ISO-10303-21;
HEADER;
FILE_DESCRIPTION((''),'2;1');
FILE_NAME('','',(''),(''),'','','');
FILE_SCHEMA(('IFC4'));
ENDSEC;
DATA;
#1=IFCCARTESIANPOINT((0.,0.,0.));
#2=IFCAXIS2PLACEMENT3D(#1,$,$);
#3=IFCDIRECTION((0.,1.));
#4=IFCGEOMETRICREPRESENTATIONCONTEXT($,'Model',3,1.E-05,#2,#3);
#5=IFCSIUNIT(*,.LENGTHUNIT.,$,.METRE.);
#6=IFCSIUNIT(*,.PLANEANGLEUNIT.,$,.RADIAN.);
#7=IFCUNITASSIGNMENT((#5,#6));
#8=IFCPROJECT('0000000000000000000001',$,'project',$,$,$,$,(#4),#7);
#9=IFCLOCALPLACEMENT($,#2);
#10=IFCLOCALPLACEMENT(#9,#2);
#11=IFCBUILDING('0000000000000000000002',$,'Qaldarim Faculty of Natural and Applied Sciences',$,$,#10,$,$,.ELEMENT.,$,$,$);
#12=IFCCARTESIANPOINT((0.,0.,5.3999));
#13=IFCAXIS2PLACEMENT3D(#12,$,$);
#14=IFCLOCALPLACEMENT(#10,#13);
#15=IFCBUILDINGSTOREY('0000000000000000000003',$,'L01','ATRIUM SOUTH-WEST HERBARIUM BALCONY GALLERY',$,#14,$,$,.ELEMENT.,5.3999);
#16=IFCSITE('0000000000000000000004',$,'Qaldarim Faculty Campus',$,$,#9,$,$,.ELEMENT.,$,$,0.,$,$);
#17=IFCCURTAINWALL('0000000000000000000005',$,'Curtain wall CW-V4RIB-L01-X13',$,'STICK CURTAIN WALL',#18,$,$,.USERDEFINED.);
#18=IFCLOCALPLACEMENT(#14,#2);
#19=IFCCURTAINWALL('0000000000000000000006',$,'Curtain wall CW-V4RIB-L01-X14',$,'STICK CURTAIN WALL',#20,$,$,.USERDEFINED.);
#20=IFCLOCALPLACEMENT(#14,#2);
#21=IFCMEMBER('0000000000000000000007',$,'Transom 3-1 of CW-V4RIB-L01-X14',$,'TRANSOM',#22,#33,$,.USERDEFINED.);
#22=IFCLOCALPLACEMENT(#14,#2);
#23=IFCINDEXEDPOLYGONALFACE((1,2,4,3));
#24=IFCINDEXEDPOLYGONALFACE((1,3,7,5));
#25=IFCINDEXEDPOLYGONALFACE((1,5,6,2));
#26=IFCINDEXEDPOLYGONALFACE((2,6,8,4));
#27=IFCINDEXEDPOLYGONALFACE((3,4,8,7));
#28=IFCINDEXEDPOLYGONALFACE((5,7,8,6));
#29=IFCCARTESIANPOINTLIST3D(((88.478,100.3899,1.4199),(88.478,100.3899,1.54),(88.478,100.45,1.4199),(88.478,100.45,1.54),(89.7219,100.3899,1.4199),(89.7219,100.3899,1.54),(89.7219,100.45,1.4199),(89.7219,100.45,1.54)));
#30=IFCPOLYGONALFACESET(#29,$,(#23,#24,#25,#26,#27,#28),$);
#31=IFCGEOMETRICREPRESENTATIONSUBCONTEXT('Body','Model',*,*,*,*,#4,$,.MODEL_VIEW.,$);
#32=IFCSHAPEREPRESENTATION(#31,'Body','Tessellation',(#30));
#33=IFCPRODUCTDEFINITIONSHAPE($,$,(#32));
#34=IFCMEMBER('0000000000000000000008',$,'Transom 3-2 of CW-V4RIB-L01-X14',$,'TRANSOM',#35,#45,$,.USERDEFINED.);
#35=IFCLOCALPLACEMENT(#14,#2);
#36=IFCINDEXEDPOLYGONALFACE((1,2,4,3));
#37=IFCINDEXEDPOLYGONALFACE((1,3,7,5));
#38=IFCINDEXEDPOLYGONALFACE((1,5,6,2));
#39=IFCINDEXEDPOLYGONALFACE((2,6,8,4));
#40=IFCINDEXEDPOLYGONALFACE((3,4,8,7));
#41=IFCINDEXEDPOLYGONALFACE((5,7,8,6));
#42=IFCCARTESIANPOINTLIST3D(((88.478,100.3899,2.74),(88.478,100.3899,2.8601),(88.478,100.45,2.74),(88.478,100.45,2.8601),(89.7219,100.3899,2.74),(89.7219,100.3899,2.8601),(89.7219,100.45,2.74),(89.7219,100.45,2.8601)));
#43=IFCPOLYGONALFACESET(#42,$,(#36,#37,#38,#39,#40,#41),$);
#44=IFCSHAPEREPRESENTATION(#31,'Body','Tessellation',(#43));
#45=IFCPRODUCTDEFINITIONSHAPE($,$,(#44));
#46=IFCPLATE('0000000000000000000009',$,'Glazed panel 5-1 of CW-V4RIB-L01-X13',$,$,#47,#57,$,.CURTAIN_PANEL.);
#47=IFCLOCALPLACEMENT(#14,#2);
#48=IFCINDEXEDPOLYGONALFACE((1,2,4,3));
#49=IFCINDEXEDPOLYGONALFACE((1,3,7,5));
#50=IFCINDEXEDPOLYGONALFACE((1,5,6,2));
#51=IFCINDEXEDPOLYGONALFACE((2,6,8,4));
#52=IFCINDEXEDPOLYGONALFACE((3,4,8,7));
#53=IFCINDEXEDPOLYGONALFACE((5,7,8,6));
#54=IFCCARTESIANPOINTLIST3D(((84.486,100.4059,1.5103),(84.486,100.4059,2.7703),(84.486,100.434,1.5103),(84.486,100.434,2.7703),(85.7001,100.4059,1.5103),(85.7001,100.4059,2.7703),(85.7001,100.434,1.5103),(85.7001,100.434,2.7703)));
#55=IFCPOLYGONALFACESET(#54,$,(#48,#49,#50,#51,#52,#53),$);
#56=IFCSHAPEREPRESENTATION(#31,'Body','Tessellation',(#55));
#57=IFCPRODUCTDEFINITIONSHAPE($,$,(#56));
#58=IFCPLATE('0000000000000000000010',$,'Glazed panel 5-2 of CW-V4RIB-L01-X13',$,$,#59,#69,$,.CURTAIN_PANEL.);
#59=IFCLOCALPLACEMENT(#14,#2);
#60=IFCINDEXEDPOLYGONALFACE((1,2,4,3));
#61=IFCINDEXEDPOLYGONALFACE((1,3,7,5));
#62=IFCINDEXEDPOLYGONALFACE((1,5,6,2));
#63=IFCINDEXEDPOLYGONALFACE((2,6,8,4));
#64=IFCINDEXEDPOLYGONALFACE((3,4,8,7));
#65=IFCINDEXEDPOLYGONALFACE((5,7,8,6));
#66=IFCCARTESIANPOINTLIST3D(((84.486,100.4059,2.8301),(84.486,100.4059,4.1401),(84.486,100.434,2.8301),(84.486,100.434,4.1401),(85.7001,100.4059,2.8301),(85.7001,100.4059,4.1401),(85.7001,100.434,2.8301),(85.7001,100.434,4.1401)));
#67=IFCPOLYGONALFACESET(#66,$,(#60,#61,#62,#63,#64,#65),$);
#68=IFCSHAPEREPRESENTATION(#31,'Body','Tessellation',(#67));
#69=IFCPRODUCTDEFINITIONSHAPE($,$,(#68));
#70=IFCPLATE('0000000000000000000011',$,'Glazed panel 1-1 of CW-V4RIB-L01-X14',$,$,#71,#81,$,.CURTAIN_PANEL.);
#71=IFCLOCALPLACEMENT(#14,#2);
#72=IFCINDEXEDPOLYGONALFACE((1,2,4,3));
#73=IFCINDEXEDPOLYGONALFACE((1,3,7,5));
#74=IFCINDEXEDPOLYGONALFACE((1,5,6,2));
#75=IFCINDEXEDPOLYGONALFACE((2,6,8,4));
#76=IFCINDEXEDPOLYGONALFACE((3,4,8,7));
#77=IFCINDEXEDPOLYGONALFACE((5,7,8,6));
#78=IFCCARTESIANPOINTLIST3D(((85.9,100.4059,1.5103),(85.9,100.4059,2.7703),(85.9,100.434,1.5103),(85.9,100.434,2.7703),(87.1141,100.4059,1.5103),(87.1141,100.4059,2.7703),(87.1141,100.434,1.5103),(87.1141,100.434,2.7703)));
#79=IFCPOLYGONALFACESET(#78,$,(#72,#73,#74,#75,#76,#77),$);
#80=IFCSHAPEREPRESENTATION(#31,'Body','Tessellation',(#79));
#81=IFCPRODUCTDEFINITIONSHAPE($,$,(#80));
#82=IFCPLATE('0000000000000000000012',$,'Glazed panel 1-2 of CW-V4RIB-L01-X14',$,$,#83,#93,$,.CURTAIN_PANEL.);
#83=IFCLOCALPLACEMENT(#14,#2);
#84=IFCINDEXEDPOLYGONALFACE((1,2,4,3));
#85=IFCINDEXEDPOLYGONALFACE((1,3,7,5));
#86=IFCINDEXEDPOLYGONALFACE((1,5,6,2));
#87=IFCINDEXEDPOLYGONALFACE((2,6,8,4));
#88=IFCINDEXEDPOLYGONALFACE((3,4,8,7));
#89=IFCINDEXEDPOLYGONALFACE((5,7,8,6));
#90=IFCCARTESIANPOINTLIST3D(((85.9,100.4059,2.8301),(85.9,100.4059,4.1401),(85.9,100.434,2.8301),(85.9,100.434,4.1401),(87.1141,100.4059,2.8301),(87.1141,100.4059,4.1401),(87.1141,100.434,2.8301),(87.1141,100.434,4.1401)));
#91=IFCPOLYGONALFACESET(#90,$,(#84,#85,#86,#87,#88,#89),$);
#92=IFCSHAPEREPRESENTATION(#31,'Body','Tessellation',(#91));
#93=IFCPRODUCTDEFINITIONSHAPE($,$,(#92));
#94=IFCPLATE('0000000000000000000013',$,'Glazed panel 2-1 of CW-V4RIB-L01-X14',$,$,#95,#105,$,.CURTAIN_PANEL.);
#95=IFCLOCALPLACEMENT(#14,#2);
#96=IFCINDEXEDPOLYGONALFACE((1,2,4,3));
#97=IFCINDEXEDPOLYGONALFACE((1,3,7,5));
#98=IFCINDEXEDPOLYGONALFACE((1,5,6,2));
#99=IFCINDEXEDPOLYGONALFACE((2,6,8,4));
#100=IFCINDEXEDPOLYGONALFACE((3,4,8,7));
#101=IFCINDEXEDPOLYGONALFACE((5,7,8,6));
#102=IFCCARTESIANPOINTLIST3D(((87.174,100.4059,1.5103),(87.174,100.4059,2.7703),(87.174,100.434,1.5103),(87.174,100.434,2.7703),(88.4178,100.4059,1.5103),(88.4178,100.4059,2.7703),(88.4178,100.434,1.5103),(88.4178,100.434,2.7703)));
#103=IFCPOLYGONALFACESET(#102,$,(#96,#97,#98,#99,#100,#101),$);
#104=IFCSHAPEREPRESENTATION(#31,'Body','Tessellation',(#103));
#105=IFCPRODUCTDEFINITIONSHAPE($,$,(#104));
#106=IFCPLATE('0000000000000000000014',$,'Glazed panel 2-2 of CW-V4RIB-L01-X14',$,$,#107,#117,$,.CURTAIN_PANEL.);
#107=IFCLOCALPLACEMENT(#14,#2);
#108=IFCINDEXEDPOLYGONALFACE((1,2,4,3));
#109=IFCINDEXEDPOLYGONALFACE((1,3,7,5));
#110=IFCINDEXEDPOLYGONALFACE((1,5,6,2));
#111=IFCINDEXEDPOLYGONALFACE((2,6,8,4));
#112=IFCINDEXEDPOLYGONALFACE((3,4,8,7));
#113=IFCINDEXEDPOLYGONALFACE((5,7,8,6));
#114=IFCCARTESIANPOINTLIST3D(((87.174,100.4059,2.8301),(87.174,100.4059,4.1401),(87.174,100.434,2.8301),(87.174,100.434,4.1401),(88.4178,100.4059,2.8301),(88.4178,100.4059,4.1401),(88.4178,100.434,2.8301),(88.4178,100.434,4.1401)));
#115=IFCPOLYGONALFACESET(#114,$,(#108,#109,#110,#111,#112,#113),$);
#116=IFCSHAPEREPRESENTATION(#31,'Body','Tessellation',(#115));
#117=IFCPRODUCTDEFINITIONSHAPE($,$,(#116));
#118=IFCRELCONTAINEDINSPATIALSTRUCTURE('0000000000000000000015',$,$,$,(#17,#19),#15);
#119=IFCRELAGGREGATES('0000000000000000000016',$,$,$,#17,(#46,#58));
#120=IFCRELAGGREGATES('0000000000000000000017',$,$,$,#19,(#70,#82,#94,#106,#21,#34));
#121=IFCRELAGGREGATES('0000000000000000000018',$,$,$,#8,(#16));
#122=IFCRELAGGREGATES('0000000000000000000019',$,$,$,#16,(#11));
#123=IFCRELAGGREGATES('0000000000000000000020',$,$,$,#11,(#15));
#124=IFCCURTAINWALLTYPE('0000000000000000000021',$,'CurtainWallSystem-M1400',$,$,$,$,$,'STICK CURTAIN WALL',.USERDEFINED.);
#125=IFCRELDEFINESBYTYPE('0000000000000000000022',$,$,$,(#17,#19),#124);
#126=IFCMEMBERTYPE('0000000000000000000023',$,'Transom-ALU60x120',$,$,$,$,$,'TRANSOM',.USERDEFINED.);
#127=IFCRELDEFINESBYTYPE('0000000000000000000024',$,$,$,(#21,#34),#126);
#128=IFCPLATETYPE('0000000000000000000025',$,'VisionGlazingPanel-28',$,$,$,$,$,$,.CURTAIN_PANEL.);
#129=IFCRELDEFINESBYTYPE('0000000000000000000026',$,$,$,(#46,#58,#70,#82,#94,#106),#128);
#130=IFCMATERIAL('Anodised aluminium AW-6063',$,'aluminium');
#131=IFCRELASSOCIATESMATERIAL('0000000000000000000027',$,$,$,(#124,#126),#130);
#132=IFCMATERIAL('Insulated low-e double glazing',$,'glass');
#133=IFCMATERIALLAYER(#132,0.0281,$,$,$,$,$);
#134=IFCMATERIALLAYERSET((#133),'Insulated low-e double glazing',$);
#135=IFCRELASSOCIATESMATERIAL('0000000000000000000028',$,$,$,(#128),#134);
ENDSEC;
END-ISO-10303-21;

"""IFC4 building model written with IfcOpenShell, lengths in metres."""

from ifc_helpers import new_model, si_unit, direction, frame, origin, origin_2d, place, context, subcontext, project, spatial, rectangle, extrude, material, layer, layer_set, material_profile, profile_set, type_object, element, aggregate, save


model = new_model("IFC4")

# Units and contexts
model_context = context("Model", 3, precision=1e-05, world=origin(), true_north=direction((0.0, 1.0)))
body_context = subcontext(model_context, "Body", "Model", "MODEL_VIEW")
ifc_project = project(units=[si_unit("LENGTHUNIT", "METRE"), si_unit("PLANEANGLEUNIT", "RADIAN")], contexts=[model_context])

# Site, building, storey
site_placement = place(None, origin())
site = spatial("IfcSite", under=ifc_project, at=site_placement, Name="Qaldarim Faculty Campus", CompositionType="ELEMENT", RefElevation=0.0)
building_placement = place(site_placement, origin())
building = spatial("IfcBuilding", under=site, at=building_placement, Name="Qaldarim Faculty of Natural and Applied Sciences", CompositionType="ELEMENT")
storey_placement = place(building_placement, frame((0.0, 0.0, 5.3999)))
storey = spatial("IfcBuildingStorey", under=building, at=storey_placement, Name="L01", Description="ATRIUM SOUTH-WEST HERBARIUM BALCONY GALLERY", CompositionType="ELEMENT", Elevation=5.3999)

# Curtain wall
ifc_material_1 = material(Name="Anodised aluminium AW-6063", Category="aluminium")
curtain_wall_type = type_object("IfcCurtainWallType", Name="CurtainWallSystem-M1400", ElementType="STICK CURTAIN WALL", PredefinedType="USERDEFINED", material=ifc_material_1)
curtain_wall_1_placement = place(storey_placement, origin())
curtain_wall_1 = element("IfcCurtainWall", 1, at=curtain_wall_1_placement, inside=storey, type_object=curtain_wall_type, Name="Curtain wall CW-V4RIB-L01-X13", ObjectType="STICK CURTAIN WALL", PredefinedType="USERDEFINED")

# Curtain wall
curtain_wall_2_placement = place(storey_placement, origin())
curtain_wall_2 = element("IfcCurtainWall", 2, at=curtain_wall_2_placement, inside=storey, type_object=curtain_wall_type, Name="Curtain wall CW-V4RIB-L01-X14", ObjectType="STICK CURTAIN WALL", PredefinedType="USERDEFINED")

# Members
ifc_material_profile_1 = material_profile(ifc_material_1, rectangle(XDim=0.0601, YDim=0.1201, at=origin_2d()), Name="ALU-T60x120")
ifc_profile_set_1 = profile_set([ifc_material_profile_1], Name="Anodised aluminium AW-6063")
member_type_1 = type_object("IfcMemberType", Name="Transom-ALU60x120", ElementType="TRANSOM", PredefinedType="USERDEFINED", material=ifc_profile_set_1)
member_1_placement = place(storey_placement, frame((88.478, 100.4199, 1.48), z_axis=(1.0, 0.0, 0.0), x_axis=(0.0, 1.0, 0.0)))
member_1 = element("IfcMember", 3, at=member_1_placement, type_object=member_type_1, Name="Transom 3-1 of CW-V4RIB-L01-X14", ObjectType="TRANSOM", PredefinedType="USERDEFINED", context=body_context, shape_type="SweptSolid", body=[
    extrude(rectangle(XDim=0.0601, YDim=0.1201, at=origin_2d()), origin(), (0.0, 0.0, 1.0), 1.2439),
])
member_2_placement = place(storey_placement, frame((88.478, 100.4199, 2.8), z_axis=(1.0, 0.0, 0.0), x_axis=(0.0, 1.0, 0.0)))
member_2 = element("IfcMember", 4, at=member_2_placement, type_object=member_type_1, Name="Transom 3-2 of CW-V4RIB-L01-X14", ObjectType="TRANSOM", PredefinedType="USERDEFINED", context=body_context, shape_type="SweptSolid", body=[
    extrude(rectangle(XDim=0.0601, YDim=0.1201, at=origin_2d()), origin(), (0.0, 0.0, 1.0), 1.2439),
])

# Plates
ifc_material_2 = material(Name="Insulated low-e double glazing", Category="glass")
ifc_layer = layer(ifc_material_2, 0.0281)
ifc_layer_set = layer_set([ifc_layer], Name="Insulated low-e double glazing")
plate_type = type_object("IfcPlateType", Name="VisionGlazingPanel-28", PredefinedType="CURTAIN_PANEL", material=ifc_layer_set)
plate_1_placement = place(storey_placement, frame((85.093, 100.4199, 1.5103), z_axis=(0.0, 0.0, 1.0), x_axis=(1.0, 0.0, 0.0)))
plate_1 = element("IfcPlate", 5, at=plate_1_placement, type_object=plate_type, Name="Glazed panel 5-1 of CW-V4RIB-L01-X13", PredefinedType="CURTAIN_PANEL", context=body_context, shape_type="SweptSolid", body=[
    extrude(rectangle(XDim=1.2141, YDim=0.0281, at=origin_2d()), origin(), (0.0, 0.0, 1.0), 1.26),
])
plate_2_placement = place(storey_placement, frame((85.093, 100.4199, 2.8301), z_axis=(0.0, 0.0, 1.0), x_axis=(1.0, 0.0, 0.0)))
plate_2 = element("IfcPlate", 6, at=plate_2_placement, type_object=plate_type, Name="Glazed panel 5-2 of CW-V4RIB-L01-X13", PredefinedType="CURTAIN_PANEL", context=body_context, shape_type="SweptSolid", body=[
    extrude(rectangle(XDim=1.2141, YDim=0.0281, at=origin_2d()), origin(), (0.0, 0.0, 1.0), 1.3101),
])
aggregate(curtain_wall_1, [plate_1, plate_2])
plate_3_placement = place(storey_placement, frame((86.5071, 100.4199, 1.5103), z_axis=(0.0, 0.0, 1.0), x_axis=(1.0, 0.0, 0.0)))
plate_3 = element("IfcPlate", 7, at=plate_3_placement, type_object=plate_type, Name="Glazed panel 1-1 of CW-V4RIB-L01-X14", PredefinedType="CURTAIN_PANEL", context=body_context, shape_type="SweptSolid", body=[
    extrude(rectangle(XDim=1.2141, YDim=0.0281, at=origin_2d()), origin(), (0.0, 0.0, 1.0), 1.26),
])
plate_4_placement = place(storey_placement, frame((86.5071, 100.4199, 2.8301), z_axis=(0.0, 0.0, 1.0), x_axis=(1.0, 0.0, 0.0)))
plate_4 = element("IfcPlate", 8, at=plate_4_placement, type_object=plate_type, Name="Glazed panel 1-2 of CW-V4RIB-L01-X14", PredefinedType="CURTAIN_PANEL", context=body_context, shape_type="SweptSolid", body=[
    extrude(rectangle(XDim=1.2141, YDim=0.0281, at=origin_2d()), origin(), (0.0, 0.0, 1.0), 1.3101),
])
plate_5_placement = place(storey_placement, frame((87.7959, 100.4199, 1.5103), z_axis=(0.0, 0.0, 1.0), x_axis=(1.0, 0.0, 0.0)))
plate_5 = element("IfcPlate", 9, at=plate_5_placement, type_object=plate_type, Name="Glazed panel 2-1 of CW-V4RIB-L01-X14", PredefinedType="CURTAIN_PANEL", context=body_context, shape_type="SweptSolid", body=[
    extrude(rectangle(XDim=1.2439, YDim=0.0281, at=origin_2d()), origin(), (0.0, 0.0, 1.0), 1.26),
])
plate_6_placement = place(storey_placement, frame((87.7959, 100.4199, 2.8301), z_axis=(0.0, 0.0, 1.0), x_axis=(1.0, 0.0, 0.0)))
plate_6 = element("IfcPlate", 10, at=plate_6_placement, type_object=plate_type, Name="Glazed panel 2-2 of CW-V4RIB-L01-X14", PredefinedType="CURTAIN_PANEL", context=body_context, shape_type="SweptSolid", body=[
    extrude(rectangle(XDim=1.2439, YDim=0.0281, at=origin_2d()), origin(), (0.0, 0.0, 1.0), 1.3101),
])
aggregate(curtain_wall_2, [plate_3, plate_4, plate_5, plate_6, member_1, member_2])

save(model, "model.ifc")
